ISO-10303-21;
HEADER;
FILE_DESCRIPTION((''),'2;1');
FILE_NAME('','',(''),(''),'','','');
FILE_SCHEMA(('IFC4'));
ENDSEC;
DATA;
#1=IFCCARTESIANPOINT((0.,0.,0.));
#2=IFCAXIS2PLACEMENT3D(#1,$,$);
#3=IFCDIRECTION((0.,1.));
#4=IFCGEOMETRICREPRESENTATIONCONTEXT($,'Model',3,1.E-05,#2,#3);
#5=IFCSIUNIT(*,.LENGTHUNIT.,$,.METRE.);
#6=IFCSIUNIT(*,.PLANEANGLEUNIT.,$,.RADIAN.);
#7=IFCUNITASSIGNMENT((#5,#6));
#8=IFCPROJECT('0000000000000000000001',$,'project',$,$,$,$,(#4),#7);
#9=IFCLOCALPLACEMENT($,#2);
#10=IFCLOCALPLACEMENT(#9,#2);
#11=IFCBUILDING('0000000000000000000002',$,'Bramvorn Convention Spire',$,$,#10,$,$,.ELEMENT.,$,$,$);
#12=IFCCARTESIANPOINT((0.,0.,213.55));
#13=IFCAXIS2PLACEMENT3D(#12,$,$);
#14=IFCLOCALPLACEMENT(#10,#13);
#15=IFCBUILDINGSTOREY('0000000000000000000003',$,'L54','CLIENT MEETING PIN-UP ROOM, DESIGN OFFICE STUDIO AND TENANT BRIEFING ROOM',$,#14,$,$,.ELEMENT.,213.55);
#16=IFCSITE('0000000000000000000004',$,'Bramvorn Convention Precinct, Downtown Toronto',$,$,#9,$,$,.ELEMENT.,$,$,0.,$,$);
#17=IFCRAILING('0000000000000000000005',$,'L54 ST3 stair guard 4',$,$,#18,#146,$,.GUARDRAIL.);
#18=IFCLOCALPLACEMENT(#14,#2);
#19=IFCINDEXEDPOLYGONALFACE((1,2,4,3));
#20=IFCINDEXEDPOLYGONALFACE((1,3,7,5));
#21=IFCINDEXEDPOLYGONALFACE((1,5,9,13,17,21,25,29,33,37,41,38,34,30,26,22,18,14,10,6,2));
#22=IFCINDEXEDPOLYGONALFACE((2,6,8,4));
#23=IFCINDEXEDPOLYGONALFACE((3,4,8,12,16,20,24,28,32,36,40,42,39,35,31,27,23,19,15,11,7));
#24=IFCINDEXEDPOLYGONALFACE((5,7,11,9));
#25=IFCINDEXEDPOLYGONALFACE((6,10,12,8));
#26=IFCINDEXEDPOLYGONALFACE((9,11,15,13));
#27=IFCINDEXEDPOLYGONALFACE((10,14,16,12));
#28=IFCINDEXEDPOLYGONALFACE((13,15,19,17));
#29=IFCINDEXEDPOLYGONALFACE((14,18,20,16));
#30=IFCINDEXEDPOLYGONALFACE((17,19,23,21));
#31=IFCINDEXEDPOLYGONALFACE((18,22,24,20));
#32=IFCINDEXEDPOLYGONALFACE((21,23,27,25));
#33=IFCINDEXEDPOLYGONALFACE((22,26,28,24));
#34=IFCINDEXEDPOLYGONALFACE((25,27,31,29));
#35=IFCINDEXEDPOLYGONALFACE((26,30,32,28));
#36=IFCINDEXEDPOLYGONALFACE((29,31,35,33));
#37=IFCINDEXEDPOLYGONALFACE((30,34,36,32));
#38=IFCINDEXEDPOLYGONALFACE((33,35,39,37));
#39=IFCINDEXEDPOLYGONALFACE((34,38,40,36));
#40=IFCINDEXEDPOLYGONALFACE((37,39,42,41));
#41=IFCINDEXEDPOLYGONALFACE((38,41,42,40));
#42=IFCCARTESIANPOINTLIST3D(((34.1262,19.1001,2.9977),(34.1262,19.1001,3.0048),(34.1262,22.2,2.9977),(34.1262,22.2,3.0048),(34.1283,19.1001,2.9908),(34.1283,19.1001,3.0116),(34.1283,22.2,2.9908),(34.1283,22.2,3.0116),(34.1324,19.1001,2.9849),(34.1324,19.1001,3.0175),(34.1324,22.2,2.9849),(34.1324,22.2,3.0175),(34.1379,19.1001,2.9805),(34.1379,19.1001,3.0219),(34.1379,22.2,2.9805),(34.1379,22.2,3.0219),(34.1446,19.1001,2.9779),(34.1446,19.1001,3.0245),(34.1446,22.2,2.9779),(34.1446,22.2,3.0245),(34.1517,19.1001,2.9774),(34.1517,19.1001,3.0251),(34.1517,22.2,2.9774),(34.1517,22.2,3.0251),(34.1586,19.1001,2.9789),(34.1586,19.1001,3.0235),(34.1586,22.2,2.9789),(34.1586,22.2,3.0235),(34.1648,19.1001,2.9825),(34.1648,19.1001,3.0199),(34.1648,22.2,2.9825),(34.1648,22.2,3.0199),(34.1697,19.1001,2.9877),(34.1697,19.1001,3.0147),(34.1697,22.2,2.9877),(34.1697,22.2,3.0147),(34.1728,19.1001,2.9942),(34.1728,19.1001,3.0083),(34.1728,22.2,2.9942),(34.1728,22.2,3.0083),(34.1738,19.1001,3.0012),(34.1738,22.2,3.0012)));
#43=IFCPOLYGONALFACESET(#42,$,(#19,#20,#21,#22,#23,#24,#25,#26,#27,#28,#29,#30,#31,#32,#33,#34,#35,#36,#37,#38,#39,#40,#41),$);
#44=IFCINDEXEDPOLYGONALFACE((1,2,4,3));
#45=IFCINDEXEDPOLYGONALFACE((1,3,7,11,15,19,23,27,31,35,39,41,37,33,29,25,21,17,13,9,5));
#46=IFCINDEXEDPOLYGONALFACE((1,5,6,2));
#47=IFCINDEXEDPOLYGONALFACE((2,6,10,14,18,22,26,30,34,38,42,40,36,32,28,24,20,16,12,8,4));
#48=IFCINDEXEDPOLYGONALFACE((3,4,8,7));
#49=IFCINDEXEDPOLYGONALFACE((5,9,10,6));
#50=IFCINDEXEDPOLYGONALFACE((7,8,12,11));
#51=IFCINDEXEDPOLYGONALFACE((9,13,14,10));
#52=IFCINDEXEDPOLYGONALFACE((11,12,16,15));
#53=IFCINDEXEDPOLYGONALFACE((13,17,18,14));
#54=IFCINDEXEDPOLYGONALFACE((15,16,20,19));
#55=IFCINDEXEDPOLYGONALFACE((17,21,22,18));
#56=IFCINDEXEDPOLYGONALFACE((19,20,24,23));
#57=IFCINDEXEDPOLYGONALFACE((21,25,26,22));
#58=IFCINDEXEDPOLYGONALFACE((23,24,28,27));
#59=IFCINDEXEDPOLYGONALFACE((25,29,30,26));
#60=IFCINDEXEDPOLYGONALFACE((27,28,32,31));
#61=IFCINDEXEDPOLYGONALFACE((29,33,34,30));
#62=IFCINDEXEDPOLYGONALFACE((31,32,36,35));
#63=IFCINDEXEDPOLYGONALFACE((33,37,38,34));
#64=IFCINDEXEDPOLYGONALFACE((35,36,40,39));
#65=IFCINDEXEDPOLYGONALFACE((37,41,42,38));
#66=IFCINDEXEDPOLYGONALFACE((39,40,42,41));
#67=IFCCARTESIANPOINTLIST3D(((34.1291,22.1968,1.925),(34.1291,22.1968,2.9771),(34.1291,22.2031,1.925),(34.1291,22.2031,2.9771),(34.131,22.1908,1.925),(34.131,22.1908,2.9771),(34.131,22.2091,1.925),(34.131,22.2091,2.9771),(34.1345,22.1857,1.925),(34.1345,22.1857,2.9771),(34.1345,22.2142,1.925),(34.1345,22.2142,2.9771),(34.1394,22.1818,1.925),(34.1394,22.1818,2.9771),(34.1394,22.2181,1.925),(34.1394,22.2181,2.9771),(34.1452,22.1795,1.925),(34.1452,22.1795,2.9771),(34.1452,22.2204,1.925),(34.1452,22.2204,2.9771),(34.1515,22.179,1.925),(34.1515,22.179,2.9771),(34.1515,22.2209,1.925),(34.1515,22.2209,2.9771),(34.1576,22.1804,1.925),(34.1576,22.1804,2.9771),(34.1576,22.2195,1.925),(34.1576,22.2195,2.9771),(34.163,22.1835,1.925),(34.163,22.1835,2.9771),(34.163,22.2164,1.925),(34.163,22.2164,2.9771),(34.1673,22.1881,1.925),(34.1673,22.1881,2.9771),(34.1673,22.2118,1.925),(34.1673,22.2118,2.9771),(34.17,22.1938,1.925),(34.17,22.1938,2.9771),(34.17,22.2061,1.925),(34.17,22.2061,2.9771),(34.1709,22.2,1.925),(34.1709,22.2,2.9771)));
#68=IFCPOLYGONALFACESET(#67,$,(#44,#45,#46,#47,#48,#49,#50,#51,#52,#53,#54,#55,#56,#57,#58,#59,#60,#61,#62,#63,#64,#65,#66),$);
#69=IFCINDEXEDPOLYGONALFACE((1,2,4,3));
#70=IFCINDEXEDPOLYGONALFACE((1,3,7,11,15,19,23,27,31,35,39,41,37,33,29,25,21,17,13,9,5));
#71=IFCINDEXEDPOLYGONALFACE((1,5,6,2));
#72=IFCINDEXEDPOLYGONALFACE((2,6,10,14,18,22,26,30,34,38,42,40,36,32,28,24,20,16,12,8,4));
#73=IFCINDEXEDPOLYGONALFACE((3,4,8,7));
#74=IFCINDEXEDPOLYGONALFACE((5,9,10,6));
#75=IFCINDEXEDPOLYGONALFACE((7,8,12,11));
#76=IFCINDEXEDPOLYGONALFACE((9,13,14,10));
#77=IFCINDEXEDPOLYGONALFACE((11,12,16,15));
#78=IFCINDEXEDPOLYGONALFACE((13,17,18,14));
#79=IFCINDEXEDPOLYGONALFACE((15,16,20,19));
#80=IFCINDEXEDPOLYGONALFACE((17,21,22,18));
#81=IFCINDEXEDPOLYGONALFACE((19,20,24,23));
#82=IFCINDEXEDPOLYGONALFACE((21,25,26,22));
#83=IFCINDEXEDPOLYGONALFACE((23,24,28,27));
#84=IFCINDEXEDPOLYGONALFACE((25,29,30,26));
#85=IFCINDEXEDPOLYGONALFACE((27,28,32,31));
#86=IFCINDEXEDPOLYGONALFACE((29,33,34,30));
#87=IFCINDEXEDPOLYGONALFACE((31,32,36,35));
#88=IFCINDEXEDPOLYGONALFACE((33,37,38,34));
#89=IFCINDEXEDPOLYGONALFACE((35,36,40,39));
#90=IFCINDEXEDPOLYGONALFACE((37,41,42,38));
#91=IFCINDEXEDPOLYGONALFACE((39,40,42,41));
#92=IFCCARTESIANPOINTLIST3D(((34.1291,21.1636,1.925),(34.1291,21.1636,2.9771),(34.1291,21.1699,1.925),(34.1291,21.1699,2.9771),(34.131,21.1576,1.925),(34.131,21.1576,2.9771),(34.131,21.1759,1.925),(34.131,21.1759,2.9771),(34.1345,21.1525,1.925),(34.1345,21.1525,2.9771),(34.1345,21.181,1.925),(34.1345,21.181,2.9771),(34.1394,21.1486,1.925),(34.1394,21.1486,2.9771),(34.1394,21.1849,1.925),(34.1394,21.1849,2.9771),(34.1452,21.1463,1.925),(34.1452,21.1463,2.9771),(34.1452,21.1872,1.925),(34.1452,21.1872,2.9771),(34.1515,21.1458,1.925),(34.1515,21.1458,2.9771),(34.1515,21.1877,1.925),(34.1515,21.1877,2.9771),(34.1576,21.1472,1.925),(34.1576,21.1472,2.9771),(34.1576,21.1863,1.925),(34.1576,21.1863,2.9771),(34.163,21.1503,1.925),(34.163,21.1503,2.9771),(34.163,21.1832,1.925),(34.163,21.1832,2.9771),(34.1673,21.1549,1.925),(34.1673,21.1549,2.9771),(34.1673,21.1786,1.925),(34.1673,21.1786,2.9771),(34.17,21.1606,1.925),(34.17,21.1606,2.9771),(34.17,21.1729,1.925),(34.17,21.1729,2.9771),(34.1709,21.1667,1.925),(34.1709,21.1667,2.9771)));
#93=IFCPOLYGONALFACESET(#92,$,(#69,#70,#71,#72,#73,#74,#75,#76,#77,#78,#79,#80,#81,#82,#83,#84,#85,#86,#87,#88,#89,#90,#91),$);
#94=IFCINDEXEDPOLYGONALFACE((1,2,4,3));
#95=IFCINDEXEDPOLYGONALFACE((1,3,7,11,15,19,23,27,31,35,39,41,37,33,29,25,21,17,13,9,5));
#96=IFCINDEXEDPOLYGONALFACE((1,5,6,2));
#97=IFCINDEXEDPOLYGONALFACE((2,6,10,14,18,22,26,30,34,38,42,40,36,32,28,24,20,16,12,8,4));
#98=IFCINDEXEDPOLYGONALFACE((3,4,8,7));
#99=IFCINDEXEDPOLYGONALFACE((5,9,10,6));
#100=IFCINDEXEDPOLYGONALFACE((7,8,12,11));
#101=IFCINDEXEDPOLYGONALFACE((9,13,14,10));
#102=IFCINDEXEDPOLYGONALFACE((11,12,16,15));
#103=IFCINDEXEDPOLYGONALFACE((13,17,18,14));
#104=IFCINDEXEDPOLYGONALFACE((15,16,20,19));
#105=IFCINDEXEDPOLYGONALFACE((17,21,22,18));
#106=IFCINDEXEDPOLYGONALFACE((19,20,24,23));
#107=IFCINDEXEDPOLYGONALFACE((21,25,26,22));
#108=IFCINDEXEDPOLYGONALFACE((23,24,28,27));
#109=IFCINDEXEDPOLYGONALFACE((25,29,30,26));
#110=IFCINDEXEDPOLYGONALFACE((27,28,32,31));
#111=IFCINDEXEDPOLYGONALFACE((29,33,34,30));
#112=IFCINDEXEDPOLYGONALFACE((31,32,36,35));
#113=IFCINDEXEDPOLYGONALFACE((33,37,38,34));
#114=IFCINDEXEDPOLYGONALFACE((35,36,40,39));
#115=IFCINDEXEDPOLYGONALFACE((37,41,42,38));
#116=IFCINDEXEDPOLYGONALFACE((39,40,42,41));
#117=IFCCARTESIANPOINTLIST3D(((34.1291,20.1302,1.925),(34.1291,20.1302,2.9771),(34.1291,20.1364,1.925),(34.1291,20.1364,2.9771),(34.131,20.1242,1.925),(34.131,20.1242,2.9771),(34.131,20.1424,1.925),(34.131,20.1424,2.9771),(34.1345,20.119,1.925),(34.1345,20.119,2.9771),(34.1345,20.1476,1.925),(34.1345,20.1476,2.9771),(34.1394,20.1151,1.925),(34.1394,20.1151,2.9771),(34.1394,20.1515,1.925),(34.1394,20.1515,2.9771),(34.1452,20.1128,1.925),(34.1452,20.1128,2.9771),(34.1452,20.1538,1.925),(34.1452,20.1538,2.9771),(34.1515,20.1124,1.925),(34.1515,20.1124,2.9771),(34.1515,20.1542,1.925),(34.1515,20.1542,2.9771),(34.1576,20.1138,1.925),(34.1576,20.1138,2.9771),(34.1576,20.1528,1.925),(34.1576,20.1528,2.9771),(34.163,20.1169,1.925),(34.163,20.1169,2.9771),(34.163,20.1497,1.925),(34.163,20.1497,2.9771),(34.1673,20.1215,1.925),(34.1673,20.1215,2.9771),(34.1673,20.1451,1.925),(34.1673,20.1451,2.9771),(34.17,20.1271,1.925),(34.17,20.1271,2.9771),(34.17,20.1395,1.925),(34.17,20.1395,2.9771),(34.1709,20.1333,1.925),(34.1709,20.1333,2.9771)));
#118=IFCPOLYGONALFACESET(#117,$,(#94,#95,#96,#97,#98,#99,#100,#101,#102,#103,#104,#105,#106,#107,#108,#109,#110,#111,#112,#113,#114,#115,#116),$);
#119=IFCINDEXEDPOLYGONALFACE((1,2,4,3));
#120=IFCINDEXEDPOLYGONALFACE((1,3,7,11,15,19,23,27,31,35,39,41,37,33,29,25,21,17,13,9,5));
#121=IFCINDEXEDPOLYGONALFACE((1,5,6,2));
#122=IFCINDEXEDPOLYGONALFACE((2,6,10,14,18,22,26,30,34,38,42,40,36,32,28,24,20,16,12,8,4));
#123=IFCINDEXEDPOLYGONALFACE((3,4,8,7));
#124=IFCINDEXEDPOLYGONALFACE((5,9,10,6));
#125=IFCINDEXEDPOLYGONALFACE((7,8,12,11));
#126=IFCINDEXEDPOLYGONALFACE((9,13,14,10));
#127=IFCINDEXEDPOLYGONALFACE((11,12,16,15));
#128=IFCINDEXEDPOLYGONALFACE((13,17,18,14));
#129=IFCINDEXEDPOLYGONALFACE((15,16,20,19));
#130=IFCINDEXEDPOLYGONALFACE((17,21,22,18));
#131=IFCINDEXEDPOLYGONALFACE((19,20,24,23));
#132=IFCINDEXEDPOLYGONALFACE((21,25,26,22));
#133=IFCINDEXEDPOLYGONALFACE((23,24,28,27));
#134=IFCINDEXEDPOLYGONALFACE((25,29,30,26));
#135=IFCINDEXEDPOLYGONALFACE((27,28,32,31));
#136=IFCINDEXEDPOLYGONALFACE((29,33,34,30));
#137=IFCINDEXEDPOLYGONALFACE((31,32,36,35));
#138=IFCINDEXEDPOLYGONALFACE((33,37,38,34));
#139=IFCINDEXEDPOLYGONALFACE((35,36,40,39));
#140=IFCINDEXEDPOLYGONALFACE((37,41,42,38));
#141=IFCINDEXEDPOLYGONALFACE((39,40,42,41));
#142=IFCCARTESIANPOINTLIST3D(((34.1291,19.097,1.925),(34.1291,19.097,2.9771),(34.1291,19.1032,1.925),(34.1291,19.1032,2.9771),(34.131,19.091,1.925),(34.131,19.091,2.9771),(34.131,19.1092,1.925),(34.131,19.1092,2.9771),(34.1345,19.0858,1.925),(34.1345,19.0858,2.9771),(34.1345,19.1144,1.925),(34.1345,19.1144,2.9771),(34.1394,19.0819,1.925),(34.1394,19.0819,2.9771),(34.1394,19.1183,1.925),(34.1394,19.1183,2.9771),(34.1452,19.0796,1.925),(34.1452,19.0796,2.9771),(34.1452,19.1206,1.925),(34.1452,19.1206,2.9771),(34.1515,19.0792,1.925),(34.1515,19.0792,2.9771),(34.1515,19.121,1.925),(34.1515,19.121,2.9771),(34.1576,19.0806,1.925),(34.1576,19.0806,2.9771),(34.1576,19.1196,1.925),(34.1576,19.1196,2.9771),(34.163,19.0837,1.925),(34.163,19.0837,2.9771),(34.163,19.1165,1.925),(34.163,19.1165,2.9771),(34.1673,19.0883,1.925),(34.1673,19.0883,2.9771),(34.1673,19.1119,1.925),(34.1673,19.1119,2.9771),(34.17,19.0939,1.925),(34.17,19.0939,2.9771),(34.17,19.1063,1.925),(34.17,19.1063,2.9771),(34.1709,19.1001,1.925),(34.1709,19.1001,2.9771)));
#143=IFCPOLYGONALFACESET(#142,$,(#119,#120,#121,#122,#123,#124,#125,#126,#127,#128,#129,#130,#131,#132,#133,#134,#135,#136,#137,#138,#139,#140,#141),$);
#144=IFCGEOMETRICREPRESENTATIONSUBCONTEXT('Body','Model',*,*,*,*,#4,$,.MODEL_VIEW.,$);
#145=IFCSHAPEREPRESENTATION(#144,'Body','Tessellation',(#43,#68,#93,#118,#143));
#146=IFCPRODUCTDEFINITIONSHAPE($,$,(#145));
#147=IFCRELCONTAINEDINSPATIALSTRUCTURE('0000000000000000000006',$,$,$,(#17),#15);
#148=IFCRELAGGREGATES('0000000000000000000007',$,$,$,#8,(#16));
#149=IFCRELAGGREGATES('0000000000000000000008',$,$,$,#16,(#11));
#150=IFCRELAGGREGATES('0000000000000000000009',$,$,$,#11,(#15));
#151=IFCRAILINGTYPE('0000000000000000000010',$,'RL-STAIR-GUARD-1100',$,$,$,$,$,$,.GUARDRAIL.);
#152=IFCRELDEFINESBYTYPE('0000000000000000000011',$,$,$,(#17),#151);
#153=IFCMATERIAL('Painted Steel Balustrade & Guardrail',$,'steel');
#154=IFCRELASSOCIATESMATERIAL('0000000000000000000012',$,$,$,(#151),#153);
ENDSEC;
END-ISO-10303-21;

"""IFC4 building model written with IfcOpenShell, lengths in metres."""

from ifc_helpers import new_model, si_unit, direction, frame, origin, origin_2d, place, context, subcontext, project, spatial, circle, extrude, material, type_object, element, save


model = new_model("IFC4")

# Units and contexts
model_context = context("Model", 3, precision=1e-05, world=origin(), true_north=direction((0.0, 1.0)))
body_context = subcontext(model_context, "Body", "Model", "MODEL_VIEW")
ifc_project = project(units=[si_unit("LENGTHUNIT", "METRE"), si_unit("PLANEANGLEUNIT", "RADIAN")], contexts=[model_context])

# Site, building, storey
site_placement = place(None, origin())
site = spatial("IfcSite", under=ifc_project, at=site_placement, Name="Bramvorn Convention Precinct, Downtown Toronto", CompositionType="ELEMENT", RefElevation=0.0)
building_placement = place(site_placement, origin())
building = spatial("IfcBuilding", under=site, at=building_placement, Name="Bramvorn Convention Spire", CompositionType="ELEMENT")
storey_placement = place(building_placement, frame((0.0, 0.0, 213.55)))
storey = spatial("IfcBuildingStorey", under=building, at=storey_placement, Name="L54", Description="CLIENT MEETING PIN-UP ROOM, DESIGN OFFICE STUDIO AND TENANT BRIEFING ROOM", CompositionType="ELEMENT", Elevation=213.55)

# Railing
ifc_material_1 = material(Name="Painted Steel Balustrade & Guardrail", Category="steel")
railing_type_1 = type_object("IfcRailingType", Name="RL-STAIR-GUARD-1100", PredefinedType="GUARDRAIL", material=ifc_material_1)
railing_1_placement = place(storey_placement, frame((34.1499, 22.2, 1.925)))
element("IfcRailing", 1, at=railing_1_placement, inside=storey, type_object=railing_type_1, Name="L54 ST3 stair guard 4", PredefinedType="GUARDRAIL", context=body_context, shape_type="SweptSolid", body=[
    extrude(circle(Radius=0.0239, at=origin_2d()), frame((0.0, 0.0, 1.0762), z_axis=(0.0, -1.0, 0.0), x_axis=(1.0, 0.0, 0.0)), (0.0, 0.0, 1.0), 3.0999),
    extrude(circle(Radius=0.021, at=origin_2d()), origin(), (0.0, 0.0, 1.0), 1.052),
    extrude(circle(Radius=0.021, at=origin_2d()), frame((0.0, -1.0332, 0.0)), (0.0, 0.0, 1.0), 1.052),
    extrude(circle(Radius=0.021, at=origin_2d()), frame((0.0, -2.0667, 0.0)), (0.0, 0.0, 1.0), 1.052),
    extrude(circle(Radius=0.021, at=origin_2d()), frame((0.0, -3.0999, 0.0)), (0.0, 0.0, 1.0), 1.052),
])

save(model, "model.ifc")
